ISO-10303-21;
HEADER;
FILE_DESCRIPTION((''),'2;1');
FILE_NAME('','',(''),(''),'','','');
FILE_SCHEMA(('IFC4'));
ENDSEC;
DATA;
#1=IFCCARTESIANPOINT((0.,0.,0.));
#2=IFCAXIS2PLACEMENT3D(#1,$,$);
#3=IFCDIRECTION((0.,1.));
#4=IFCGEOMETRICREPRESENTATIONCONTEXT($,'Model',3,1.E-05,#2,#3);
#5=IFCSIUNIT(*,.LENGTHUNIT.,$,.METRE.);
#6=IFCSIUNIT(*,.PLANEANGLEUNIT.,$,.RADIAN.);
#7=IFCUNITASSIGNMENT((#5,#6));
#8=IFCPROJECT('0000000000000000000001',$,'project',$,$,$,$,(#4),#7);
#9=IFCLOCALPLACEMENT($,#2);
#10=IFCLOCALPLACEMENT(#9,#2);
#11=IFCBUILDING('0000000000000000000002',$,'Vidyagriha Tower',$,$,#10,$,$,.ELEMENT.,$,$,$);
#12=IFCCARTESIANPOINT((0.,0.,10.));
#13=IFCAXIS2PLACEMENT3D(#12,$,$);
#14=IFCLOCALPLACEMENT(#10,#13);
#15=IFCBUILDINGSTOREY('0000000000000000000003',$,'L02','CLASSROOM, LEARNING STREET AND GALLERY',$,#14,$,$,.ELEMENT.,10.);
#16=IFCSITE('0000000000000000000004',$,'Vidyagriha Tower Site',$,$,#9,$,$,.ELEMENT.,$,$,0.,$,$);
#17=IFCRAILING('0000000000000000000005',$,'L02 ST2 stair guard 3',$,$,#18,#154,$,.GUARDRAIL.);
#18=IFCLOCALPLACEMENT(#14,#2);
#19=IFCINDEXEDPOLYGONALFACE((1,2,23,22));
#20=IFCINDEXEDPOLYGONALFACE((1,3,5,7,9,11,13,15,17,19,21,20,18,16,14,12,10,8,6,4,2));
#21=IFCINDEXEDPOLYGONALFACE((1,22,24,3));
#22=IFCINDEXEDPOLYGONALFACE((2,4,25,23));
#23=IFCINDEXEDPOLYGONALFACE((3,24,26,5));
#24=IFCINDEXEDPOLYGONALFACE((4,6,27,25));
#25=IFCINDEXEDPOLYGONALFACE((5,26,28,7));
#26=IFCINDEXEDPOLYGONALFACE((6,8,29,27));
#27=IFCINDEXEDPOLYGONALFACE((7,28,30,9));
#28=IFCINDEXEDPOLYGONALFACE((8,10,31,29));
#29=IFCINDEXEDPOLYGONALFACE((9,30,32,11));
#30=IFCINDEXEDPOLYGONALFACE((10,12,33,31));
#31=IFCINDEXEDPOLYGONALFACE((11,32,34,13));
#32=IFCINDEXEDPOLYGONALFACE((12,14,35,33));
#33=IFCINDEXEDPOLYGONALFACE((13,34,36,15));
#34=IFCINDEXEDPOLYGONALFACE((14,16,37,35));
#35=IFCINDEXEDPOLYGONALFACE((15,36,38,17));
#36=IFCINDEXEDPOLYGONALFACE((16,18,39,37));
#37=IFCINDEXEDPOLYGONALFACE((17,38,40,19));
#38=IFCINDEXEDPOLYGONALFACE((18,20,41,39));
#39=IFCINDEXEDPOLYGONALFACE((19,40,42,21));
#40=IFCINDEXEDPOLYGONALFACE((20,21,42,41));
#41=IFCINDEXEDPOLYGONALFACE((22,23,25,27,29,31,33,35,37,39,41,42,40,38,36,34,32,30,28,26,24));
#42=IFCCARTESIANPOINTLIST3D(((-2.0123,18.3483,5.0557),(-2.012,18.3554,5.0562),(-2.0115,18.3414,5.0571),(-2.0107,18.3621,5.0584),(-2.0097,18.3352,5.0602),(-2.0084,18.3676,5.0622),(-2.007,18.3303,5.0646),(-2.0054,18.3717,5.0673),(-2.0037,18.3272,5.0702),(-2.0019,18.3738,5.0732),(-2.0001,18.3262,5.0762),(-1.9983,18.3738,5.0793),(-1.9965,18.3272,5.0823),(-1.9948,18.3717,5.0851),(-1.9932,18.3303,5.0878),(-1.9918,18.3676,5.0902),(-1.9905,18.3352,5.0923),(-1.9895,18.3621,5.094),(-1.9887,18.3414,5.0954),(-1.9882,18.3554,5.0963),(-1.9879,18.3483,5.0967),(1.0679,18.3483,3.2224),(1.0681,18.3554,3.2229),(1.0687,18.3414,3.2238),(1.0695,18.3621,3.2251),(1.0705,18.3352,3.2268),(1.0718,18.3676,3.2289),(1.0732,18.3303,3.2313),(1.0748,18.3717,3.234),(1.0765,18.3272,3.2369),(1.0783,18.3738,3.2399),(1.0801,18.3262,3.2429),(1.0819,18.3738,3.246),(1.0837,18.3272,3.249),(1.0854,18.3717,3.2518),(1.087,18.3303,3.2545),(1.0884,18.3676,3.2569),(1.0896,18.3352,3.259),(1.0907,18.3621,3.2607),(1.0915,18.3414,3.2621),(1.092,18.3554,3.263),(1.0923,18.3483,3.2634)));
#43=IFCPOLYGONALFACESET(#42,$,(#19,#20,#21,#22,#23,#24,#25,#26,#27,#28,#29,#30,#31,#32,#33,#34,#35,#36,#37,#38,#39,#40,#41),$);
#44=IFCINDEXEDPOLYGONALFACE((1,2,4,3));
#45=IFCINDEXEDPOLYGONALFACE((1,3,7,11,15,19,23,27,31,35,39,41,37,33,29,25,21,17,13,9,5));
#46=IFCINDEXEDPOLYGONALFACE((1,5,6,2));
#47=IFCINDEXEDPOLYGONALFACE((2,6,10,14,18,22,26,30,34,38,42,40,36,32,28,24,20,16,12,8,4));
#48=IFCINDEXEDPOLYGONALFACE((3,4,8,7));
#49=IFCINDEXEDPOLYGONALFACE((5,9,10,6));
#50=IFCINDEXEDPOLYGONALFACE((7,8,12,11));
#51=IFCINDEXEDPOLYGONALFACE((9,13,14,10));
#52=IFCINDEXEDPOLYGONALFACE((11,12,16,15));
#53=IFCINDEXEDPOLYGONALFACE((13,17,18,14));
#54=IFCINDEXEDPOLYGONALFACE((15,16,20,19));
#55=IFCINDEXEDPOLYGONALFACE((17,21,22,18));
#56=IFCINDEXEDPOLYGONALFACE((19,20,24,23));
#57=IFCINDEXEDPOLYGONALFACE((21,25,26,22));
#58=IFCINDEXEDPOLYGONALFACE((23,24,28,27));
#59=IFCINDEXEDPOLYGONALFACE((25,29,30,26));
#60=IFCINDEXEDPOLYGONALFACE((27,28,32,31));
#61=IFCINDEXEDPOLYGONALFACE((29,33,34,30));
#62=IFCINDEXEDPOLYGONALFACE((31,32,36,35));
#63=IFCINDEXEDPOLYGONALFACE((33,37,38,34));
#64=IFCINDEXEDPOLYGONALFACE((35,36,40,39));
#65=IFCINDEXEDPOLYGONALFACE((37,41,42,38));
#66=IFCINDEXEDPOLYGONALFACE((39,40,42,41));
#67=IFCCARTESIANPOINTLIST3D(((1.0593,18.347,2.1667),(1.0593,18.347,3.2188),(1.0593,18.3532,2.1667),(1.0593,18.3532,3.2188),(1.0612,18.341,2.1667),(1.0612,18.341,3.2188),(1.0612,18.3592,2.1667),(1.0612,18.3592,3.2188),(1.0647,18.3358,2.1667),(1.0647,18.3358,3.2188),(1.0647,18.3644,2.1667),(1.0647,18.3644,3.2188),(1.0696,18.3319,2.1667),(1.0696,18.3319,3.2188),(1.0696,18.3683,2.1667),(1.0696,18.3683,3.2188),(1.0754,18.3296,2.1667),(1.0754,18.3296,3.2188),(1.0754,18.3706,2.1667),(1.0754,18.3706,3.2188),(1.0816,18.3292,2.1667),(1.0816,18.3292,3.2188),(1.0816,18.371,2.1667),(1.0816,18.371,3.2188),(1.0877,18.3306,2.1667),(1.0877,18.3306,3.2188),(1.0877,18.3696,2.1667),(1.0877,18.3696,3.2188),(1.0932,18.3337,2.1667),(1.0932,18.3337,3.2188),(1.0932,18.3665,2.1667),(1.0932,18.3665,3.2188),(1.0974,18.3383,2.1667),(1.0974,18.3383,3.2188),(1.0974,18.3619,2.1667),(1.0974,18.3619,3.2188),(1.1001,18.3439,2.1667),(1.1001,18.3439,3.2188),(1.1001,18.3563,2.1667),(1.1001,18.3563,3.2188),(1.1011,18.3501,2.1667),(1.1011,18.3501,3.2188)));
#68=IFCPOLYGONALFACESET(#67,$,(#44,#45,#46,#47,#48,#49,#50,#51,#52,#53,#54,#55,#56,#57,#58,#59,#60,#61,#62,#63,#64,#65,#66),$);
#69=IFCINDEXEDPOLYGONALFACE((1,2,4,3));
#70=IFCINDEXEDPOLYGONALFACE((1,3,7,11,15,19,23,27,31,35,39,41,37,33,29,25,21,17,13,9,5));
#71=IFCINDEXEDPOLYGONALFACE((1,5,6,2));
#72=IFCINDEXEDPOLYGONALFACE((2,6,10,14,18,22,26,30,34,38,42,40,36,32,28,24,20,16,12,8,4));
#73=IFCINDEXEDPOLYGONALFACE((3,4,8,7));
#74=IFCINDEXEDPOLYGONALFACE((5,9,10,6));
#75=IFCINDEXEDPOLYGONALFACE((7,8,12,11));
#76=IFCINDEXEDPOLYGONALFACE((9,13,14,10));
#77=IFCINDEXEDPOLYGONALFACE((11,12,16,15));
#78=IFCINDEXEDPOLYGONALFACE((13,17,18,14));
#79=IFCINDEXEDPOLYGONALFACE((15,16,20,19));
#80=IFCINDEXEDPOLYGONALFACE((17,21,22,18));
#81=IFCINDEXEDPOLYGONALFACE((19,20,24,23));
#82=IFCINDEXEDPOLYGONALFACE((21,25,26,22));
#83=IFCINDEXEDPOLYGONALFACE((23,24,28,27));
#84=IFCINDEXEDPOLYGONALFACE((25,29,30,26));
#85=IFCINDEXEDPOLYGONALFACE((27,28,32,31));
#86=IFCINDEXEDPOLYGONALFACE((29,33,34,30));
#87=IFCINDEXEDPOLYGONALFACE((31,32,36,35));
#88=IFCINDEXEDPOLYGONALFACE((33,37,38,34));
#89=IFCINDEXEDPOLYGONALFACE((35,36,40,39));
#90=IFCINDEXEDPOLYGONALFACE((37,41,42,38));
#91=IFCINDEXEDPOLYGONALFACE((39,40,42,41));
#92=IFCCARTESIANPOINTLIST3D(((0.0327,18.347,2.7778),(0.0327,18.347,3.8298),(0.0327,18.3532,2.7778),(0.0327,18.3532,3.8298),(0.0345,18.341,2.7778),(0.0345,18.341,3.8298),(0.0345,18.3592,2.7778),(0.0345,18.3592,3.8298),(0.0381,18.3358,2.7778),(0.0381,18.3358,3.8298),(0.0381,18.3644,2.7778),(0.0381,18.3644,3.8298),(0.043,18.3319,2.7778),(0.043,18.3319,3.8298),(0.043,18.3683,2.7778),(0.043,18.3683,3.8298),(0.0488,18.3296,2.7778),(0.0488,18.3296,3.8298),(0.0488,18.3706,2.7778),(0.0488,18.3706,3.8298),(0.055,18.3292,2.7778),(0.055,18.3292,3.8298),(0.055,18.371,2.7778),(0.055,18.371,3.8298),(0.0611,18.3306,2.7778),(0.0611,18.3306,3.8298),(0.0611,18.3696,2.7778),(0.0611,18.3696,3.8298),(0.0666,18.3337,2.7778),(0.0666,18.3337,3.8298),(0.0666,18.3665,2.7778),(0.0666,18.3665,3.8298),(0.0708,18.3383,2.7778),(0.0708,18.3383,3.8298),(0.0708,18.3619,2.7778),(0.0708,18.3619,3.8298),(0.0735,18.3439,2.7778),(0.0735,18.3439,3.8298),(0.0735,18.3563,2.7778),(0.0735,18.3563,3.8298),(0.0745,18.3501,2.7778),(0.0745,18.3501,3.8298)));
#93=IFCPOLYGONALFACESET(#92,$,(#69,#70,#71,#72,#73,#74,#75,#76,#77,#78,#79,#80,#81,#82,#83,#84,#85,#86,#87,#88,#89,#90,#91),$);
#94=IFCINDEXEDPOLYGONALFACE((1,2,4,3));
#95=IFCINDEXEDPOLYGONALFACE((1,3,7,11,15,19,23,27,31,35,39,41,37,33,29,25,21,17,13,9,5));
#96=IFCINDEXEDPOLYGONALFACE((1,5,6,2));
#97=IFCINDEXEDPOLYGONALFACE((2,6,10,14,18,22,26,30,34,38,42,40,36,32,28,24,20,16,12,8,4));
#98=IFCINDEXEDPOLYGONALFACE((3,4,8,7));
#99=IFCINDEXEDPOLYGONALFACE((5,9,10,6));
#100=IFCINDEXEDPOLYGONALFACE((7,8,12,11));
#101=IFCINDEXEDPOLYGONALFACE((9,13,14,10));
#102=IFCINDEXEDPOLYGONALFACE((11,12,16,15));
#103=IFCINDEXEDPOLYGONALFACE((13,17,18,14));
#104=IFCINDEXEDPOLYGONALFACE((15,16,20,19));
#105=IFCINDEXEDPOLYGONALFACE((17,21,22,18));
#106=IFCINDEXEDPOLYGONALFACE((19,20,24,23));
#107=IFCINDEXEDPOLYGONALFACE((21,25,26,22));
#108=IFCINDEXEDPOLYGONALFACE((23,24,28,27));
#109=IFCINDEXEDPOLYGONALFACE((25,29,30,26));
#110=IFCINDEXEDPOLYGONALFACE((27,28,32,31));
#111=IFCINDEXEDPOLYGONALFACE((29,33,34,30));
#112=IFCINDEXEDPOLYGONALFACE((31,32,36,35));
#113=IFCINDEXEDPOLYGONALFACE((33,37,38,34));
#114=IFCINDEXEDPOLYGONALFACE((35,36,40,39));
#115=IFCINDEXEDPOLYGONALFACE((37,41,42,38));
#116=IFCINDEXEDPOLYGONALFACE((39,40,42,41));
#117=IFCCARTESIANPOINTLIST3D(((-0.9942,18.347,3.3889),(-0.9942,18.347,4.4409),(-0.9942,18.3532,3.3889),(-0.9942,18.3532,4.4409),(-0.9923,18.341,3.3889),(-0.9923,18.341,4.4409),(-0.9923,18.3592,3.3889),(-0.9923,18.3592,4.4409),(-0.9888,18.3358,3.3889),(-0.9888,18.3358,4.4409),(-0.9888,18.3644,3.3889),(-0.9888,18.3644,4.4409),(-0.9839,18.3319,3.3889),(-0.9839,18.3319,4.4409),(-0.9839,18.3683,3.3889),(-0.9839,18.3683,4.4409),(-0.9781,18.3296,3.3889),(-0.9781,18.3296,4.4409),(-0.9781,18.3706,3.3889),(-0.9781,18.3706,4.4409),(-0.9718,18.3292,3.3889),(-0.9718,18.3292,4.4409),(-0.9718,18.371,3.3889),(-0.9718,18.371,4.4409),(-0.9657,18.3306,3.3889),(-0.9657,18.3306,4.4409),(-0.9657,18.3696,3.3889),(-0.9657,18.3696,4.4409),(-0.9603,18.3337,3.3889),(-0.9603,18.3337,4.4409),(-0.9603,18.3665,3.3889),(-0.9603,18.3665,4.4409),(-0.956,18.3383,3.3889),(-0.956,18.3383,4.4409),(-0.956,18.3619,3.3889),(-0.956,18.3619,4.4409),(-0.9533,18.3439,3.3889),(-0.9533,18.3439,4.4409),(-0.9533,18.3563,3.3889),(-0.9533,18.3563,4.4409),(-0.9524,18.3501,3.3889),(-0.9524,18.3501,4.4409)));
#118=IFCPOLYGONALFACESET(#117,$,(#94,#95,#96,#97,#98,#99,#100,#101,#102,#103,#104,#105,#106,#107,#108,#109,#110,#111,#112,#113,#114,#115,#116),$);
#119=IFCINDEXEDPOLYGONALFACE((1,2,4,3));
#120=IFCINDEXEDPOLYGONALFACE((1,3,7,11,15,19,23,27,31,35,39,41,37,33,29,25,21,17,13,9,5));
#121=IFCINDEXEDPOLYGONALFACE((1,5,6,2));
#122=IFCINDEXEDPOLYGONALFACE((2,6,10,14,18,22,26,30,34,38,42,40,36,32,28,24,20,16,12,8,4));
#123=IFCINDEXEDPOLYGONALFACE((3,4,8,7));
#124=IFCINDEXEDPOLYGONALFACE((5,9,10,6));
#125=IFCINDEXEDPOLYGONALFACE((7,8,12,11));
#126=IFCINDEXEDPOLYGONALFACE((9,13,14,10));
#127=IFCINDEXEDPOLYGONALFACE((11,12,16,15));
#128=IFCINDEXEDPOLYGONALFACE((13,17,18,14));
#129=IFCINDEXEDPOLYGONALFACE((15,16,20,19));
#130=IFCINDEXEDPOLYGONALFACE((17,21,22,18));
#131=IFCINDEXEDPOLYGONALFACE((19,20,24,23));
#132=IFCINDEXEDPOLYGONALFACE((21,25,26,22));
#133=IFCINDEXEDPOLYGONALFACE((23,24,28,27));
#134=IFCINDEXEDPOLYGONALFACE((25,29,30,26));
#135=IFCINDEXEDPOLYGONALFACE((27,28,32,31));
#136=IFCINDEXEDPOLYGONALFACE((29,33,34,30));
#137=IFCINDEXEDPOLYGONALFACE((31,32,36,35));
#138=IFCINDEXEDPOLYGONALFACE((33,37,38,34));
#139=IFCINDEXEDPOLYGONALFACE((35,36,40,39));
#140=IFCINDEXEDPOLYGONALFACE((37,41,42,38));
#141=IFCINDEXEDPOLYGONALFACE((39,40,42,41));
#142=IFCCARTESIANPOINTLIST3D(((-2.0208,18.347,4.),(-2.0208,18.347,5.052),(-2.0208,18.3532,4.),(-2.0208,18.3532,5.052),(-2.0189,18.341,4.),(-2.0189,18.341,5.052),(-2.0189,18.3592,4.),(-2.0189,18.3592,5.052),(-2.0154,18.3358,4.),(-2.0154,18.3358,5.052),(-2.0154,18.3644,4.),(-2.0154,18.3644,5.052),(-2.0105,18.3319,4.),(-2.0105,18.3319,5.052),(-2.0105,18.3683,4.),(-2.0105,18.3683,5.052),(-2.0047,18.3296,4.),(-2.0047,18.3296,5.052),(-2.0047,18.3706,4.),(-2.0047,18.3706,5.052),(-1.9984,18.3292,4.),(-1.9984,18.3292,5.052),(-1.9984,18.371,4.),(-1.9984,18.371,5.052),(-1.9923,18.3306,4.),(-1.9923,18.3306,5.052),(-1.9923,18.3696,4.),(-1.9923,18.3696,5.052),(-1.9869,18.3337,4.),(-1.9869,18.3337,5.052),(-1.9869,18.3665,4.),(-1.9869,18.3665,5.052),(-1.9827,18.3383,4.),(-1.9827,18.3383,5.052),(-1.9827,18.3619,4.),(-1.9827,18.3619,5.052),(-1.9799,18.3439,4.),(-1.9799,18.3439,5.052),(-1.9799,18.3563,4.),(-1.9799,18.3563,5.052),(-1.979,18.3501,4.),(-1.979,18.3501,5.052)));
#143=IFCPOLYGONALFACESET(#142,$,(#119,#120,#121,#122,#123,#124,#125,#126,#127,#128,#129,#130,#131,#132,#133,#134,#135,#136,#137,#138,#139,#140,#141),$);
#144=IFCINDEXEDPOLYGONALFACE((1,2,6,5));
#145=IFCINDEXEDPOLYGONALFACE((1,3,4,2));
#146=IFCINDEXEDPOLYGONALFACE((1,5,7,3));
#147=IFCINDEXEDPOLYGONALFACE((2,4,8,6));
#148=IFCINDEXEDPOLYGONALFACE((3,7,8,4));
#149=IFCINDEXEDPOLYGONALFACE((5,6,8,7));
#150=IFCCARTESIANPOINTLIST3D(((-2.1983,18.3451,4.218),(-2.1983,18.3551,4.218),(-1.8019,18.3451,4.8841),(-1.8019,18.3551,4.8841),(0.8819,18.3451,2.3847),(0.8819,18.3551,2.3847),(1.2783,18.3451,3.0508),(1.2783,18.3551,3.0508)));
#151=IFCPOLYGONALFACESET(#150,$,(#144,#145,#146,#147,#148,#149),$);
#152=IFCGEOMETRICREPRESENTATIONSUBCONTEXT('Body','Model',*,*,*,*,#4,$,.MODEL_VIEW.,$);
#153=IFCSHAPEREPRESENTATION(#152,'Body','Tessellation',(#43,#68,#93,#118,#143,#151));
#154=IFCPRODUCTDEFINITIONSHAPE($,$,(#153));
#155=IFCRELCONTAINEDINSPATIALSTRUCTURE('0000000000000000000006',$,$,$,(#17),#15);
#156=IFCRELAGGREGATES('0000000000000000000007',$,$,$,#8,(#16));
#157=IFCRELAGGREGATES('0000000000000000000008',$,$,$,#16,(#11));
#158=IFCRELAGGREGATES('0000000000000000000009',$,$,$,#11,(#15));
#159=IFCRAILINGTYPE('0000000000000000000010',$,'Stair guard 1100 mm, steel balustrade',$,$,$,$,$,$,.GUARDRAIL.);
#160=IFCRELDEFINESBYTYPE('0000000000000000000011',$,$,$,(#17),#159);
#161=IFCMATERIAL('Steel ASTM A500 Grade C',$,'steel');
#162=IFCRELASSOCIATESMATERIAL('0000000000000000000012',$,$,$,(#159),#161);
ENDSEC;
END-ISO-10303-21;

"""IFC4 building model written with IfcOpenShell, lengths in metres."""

from ifc_helpers import new_model, si_unit, direction, frame, origin, origin_2d, place, context, subcontext, project, spatial, rectangle, circle, extrude, material, type_object, element, save


model = new_model("IFC4")

# Units and contexts
model_context = context("Model", 3, precision=1e-05, world=origin(), true_north=direction((0.0, 1.0)))
body_context = subcontext(model_context, "Body", "Model", "MODEL_VIEW")
ifc_project = project(units=[si_unit("LENGTHUNIT", "METRE"), si_unit("PLANEANGLEUNIT", "RADIAN")], contexts=[model_context])

# Site, building, storey
site_placement = place(None, origin())
site = spatial("IfcSite", under=ifc_project, at=site_placement, Name="Vidyagriha Tower Site", CompositionType="ELEMENT", RefElevation=0.0)
building_placement = place(site_placement, origin())
building = spatial("IfcBuilding", under=site, at=building_placement, Name="Vidyagriha Tower", CompositionType="ELEMENT")
storey_placement = place(building_placement, frame((0.0, 0.0, 10.0)))
storey = spatial("IfcBuildingStorey", under=building, at=storey_placement, Name="L02", Description="CLASSROOM, LEARNING STREET AND GALLERY", CompositionType="ELEMENT", Elevation=10.0)

# Railing
ifc_material_1 = material(Name="Steel ASTM A500 Grade C", Category="steel")
railing_type_1 = type_object("IfcRailingType", Name="Stair guard 1100 mm, steel balustrade", PredefinedType="GUARDRAIL", material=ifc_material_1)
railing_1_placement = place(storey_placement, frame((1.0801, 18.3501, 2.1667)))
element("IfcRailing", 1, at=railing_1_placement, inside=storey, type_object=railing_type_1, Name="L02 ST2 stair guard 3", PredefinedType="GUARDRAIL", context=body_context, shape_type="SweptSolid", body=[
    extrude(circle(Radius=0.0239, at=origin_2d()), frame((0.0, 0.0, 1.0762), z_axis=(-0.859309, 0.0, 0.511458), x_axis=(0.0, -1.0, 0.0)), (0.0, 0.0, 1.0), 3.5845),
    extrude(circle(Radius=0.021, at=origin_2d()), origin(), (0.0, 0.0, 1.0), 1.052),
    extrude(circle(Radius=0.021, at=origin_2d()), frame((-1.0266, 0.0, 0.6111)), (0.0, 0.0, 1.0), 1.052),
    extrude(circle(Radius=0.021, at=origin_2d()), frame((-2.0535, 0.0, 1.2222)), (0.0, 0.0, 1.0), 1.052),
    extrude(circle(Radius=0.021, at=origin_2d()), frame((-3.0801, 0.0, 1.8333)), (0.0, 0.0, 1.0), 1.052),
    extrude(rectangle(XDim=0.01, YDim=0.7751, at=origin_2d()), frame((0.0, 0.0, 0.551), z_axis=(-0.859309, 0.0, 0.511458), x_axis=(0.0, -1.0, 0.0)), (0.0, 0.0, 1.0), 3.5845),
])

save(model, "model.ifc")
